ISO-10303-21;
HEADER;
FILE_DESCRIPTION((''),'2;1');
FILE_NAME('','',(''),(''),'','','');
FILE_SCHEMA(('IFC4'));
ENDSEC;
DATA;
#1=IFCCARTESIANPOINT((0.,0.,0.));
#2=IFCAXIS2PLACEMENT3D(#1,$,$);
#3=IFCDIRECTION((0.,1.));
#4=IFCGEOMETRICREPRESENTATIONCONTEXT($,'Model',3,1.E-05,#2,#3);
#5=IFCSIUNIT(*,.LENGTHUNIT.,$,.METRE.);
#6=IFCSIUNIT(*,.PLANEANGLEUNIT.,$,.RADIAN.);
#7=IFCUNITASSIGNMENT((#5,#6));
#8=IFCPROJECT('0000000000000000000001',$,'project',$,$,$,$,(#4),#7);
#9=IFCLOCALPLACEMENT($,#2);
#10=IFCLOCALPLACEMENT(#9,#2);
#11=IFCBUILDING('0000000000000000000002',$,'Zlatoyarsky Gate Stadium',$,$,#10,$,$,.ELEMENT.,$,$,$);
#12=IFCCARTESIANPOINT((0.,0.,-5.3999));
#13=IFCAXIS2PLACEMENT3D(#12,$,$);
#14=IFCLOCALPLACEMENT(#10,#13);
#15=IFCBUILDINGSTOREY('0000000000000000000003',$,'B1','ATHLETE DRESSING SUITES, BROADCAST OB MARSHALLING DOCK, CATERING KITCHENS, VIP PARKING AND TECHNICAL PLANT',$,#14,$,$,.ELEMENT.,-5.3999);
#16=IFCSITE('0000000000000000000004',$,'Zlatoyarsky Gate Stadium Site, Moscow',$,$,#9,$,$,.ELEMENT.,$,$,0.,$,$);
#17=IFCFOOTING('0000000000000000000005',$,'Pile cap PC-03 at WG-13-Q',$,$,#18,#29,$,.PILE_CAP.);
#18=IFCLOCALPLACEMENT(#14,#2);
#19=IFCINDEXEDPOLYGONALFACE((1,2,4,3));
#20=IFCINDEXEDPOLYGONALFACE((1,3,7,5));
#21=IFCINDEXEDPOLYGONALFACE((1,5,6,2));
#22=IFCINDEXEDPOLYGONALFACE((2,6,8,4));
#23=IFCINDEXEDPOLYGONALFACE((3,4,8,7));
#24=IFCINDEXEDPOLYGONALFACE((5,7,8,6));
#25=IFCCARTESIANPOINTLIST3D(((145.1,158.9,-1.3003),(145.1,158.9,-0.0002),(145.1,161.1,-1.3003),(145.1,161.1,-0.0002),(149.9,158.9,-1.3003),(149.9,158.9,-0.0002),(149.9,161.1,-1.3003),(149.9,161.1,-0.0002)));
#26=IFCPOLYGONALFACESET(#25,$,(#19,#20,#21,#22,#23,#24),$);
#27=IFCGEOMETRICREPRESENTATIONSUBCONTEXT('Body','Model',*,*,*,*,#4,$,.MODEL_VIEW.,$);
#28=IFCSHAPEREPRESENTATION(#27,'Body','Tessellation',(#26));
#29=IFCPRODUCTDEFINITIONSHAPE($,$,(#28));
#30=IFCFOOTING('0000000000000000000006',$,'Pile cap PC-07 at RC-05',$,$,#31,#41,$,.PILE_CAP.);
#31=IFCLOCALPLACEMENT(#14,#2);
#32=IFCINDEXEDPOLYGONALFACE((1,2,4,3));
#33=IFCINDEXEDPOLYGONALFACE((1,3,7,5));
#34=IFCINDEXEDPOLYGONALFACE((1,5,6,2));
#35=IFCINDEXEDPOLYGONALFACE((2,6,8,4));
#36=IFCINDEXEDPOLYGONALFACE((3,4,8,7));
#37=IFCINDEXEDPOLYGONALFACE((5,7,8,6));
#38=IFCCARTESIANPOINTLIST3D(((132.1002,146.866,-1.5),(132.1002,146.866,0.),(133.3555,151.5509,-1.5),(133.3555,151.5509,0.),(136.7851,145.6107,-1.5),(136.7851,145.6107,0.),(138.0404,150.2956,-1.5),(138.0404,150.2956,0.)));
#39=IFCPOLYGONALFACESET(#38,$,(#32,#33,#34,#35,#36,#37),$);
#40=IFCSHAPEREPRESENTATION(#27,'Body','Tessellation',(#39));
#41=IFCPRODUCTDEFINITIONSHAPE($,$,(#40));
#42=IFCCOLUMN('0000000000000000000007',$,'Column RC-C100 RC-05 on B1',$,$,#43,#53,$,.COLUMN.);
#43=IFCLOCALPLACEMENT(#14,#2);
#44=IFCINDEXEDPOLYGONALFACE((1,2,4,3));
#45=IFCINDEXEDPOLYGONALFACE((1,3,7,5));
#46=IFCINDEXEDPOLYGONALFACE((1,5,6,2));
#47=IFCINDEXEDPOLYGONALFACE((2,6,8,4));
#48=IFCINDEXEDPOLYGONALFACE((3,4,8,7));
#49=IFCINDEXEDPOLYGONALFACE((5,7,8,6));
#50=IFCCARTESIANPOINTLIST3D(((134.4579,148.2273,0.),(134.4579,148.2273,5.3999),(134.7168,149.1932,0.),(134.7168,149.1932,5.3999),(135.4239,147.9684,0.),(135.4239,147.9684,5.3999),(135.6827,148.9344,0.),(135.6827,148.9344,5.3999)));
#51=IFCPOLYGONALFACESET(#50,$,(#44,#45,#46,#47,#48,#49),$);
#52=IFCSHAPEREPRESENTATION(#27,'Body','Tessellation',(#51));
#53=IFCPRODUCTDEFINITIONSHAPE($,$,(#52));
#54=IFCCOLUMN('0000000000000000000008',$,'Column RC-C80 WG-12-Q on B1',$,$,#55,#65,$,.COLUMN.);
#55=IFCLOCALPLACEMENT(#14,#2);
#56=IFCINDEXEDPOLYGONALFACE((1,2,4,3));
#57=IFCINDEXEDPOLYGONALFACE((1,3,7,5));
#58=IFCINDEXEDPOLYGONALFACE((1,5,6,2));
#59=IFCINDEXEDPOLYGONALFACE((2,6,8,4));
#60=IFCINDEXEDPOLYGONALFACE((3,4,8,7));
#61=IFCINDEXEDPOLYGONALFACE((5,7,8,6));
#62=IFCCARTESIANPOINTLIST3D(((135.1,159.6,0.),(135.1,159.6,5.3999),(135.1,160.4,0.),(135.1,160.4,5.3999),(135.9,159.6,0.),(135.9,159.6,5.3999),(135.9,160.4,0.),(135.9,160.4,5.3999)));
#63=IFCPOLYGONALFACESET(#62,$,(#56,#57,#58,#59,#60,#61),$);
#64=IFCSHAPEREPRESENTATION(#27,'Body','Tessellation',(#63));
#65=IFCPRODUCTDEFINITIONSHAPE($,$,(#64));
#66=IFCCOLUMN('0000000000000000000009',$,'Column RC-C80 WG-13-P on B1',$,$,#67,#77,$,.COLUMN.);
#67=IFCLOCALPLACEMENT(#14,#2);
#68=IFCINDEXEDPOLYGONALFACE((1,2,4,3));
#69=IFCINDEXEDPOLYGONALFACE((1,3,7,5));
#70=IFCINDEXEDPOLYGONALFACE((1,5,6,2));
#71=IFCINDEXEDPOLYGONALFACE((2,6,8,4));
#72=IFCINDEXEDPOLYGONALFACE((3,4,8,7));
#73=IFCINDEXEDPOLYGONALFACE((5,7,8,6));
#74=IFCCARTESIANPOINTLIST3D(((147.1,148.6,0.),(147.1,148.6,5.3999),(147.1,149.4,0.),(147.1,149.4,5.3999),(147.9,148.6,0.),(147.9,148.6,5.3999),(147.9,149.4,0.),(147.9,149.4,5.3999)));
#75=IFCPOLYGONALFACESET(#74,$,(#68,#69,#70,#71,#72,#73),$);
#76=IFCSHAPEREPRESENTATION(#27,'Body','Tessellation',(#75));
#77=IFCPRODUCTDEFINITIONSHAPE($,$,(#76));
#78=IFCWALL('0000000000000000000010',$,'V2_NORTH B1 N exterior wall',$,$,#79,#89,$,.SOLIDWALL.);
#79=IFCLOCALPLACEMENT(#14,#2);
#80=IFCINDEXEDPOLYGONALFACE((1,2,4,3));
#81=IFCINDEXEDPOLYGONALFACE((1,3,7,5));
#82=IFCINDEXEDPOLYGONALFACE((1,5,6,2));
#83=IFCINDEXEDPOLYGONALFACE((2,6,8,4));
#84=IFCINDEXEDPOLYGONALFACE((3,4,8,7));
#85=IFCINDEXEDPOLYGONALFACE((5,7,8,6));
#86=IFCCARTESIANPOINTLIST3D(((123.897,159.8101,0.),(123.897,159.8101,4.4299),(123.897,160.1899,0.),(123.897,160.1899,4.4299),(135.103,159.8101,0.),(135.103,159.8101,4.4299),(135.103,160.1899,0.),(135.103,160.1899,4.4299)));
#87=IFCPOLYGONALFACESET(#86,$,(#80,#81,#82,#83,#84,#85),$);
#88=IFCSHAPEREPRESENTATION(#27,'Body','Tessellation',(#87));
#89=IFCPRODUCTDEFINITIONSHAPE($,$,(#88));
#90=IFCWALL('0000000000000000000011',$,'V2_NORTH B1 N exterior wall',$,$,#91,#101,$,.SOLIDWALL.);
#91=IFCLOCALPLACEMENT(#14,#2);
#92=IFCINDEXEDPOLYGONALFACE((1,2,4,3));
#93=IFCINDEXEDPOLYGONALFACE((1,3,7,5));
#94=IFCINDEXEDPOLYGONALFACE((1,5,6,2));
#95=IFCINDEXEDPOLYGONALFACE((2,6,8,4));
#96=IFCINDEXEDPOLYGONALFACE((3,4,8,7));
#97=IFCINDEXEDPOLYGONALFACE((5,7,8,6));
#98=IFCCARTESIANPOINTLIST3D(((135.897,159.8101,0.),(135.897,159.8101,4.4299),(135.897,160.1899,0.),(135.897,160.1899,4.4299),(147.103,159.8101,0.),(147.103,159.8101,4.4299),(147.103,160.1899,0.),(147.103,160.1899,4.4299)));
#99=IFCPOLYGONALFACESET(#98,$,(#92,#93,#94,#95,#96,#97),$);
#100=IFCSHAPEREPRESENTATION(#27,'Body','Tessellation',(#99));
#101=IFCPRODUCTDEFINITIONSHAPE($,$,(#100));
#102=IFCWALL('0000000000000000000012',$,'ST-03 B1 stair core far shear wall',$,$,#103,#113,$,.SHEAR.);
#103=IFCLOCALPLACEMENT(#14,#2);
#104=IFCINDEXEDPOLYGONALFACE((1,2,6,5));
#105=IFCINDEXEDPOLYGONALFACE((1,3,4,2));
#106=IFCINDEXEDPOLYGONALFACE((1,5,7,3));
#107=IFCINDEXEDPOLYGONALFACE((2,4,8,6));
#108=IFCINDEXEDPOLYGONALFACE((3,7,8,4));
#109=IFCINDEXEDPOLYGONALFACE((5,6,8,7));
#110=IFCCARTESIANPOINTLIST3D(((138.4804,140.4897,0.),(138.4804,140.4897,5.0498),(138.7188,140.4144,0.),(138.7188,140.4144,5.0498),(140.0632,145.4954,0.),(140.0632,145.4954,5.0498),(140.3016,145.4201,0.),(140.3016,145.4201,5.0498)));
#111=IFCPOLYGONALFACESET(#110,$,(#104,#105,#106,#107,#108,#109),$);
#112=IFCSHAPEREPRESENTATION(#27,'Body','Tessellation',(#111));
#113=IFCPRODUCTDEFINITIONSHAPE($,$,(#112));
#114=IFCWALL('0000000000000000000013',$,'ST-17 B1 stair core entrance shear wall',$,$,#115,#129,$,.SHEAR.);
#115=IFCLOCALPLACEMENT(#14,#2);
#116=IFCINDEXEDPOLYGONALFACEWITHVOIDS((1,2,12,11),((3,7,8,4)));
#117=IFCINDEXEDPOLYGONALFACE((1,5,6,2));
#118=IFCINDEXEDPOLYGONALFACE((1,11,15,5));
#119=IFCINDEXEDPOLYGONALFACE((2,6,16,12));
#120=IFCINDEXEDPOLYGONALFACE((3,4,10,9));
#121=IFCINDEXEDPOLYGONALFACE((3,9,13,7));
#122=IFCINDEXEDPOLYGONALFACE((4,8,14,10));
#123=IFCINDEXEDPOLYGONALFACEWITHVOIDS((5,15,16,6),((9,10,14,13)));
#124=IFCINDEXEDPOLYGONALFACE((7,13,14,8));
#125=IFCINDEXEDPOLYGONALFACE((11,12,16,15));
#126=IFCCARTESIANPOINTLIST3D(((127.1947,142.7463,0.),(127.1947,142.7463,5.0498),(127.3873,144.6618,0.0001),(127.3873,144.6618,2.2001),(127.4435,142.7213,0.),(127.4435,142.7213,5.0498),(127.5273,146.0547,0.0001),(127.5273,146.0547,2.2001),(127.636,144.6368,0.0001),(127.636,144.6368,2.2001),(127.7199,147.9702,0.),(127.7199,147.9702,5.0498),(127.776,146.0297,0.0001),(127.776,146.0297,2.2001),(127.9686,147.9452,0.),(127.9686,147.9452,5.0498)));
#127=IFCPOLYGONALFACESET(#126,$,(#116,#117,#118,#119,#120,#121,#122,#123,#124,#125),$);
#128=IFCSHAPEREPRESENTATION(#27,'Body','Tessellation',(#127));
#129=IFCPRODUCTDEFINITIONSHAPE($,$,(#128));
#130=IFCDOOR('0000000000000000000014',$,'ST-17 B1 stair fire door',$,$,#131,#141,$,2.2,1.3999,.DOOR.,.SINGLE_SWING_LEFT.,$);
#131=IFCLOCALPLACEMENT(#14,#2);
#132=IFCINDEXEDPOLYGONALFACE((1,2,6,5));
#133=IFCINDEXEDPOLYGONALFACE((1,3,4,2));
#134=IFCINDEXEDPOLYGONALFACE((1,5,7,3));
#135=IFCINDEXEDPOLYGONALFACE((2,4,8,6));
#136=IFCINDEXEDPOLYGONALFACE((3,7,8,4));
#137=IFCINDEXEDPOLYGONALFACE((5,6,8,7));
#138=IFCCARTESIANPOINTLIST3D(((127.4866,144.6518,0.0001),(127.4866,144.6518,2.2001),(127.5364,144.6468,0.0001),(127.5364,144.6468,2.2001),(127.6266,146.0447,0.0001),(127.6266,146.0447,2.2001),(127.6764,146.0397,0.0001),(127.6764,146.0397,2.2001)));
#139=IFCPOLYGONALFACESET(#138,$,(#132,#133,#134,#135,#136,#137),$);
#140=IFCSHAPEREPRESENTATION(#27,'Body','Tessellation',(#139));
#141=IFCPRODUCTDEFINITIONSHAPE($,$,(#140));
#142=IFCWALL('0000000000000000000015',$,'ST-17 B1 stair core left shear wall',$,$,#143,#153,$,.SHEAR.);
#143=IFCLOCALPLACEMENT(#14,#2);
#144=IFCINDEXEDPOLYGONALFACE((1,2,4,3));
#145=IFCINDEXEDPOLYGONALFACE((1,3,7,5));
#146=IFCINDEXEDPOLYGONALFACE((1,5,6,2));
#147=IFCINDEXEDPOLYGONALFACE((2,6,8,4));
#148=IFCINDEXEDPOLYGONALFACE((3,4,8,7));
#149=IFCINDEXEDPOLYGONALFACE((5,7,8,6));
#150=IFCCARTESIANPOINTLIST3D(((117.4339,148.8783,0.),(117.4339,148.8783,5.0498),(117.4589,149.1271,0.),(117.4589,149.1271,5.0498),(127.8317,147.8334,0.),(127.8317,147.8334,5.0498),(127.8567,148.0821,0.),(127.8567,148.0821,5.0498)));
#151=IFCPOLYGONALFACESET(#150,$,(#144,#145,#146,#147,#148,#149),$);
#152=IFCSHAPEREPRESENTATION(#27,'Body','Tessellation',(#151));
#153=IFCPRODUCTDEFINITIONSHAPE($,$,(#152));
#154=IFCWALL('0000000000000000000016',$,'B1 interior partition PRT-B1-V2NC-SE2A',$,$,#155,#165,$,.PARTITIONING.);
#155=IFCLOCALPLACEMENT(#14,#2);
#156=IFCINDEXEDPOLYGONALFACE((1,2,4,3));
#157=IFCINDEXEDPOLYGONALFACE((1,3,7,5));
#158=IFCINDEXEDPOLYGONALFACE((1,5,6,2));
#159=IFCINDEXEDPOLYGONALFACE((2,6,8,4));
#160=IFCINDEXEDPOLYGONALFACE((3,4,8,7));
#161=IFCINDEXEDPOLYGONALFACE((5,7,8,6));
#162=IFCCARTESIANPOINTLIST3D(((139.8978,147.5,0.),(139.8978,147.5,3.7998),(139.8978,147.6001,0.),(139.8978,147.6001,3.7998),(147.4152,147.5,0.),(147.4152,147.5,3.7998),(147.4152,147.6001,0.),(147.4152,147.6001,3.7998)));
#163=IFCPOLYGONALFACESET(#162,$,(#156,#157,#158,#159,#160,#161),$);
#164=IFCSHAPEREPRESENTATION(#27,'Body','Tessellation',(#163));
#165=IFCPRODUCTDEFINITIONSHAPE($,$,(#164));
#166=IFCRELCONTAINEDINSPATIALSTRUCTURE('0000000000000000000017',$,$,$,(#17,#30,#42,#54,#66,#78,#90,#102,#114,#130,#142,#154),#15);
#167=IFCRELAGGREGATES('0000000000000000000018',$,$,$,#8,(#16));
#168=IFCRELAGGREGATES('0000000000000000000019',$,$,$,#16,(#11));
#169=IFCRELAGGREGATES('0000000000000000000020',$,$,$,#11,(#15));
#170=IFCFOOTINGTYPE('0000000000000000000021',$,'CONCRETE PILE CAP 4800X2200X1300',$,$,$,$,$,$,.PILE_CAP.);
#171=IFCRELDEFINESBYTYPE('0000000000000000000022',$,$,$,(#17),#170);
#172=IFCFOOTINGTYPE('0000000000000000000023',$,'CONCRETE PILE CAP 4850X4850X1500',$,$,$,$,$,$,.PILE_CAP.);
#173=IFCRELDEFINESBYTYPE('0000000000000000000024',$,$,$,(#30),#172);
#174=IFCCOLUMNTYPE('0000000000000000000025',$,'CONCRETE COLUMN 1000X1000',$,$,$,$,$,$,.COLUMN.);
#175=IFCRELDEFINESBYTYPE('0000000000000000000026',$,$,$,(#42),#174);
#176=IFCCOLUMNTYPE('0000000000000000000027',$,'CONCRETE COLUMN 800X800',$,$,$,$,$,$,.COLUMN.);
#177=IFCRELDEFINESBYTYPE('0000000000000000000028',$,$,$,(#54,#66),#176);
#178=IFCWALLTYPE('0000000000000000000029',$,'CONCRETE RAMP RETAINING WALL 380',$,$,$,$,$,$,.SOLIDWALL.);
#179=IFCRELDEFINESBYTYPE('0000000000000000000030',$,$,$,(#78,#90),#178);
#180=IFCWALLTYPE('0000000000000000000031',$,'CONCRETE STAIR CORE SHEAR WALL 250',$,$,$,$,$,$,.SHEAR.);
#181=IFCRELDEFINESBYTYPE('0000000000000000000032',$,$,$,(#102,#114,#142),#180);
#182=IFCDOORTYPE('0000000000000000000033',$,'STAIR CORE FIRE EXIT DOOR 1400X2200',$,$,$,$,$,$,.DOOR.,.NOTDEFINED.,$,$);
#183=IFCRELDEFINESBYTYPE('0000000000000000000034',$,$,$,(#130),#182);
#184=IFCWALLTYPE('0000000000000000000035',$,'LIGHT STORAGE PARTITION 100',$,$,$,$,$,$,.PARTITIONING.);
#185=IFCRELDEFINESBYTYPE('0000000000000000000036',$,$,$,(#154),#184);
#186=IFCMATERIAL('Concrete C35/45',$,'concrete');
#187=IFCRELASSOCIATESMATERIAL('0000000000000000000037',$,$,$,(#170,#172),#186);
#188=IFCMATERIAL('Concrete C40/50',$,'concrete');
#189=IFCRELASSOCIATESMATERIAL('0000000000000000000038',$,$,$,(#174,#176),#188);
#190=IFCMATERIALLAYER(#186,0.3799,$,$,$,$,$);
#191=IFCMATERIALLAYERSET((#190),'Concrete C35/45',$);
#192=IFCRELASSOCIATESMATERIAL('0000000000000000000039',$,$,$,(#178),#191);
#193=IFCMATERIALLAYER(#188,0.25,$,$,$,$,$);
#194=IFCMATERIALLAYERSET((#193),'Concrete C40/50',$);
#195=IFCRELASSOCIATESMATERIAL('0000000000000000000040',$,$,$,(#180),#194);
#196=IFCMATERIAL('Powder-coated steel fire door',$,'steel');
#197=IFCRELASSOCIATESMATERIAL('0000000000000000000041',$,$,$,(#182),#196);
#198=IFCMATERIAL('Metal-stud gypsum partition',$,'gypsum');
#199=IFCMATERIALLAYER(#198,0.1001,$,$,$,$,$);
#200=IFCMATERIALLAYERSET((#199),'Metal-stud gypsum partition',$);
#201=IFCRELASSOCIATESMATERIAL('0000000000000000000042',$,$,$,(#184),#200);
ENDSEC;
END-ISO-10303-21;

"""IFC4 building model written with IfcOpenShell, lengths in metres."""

from ifc_helpers import new_model, si_unit, direction, frame, frame_2d, origin, origin_2d, place, context, subcontext, project, spatial, rectangle, extrude, material, layer, layer_set, material_profile, profile_set, type_object, element, fill, save


model = new_model("IFC4")

# Units and contexts
model_context = context("Model", 3, precision=1e-05, world=origin(), true_north=direction((0.0, 1.0)))
body_context = subcontext(model_context, "Body", "Model", "MODEL_VIEW")
ifc_project = project(units=[si_unit("LENGTHUNIT", "METRE"), si_unit("PLANEANGLEUNIT", "RADIAN")], contexts=[model_context])

# Site, building, storey
site_placement = place(None, origin())
site = spatial("IfcSite", under=ifc_project, at=site_placement, Name="Zlatoyarsky Gate Stadium Site, Moscow", CompositionType="ELEMENT", RefElevation=0.0)
building_placement = place(site_placement, origin())
building = spatial("IfcBuilding", under=site, at=building_placement, Name="Zlatoyarsky Gate Stadium", CompositionType="ELEMENT")
storey_placement = place(building_placement, frame((0.0, 0.0, -5.3999)))
storey = spatial("IfcBuildingStorey", under=building, at=storey_placement, Name="B1", Description="ATHLETE DRESSING SUITES, BROADCAST OB MARSHALLING DOCK, CATERING KITCHENS, VIP PARKING AND TECHNICAL PLANT", CompositionType="ELEMENT", Elevation=-5.3999)

# Shared definitions
ifc_material_1 = material(Name="Concrete C35/45", Category="concrete")

# Footings
footing_type_1 = type_object("IfcFootingType", Name="CONCRETE PILE CAP 4800X2200X1300", PredefinedType="PILE_CAP", material=ifc_material_1)
for number, where, z_axis, x_axis, name in (
    (1, (147.5, 160.0, -1.3003), (0.0, 0.0, 1.0), (1.0, 0.0, 0.0), "Pile cap PC-03 at WG-13-Q"),
):
    element("IfcFooting", number, at=place(storey_placement, frame(where, z_axis=z_axis, x_axis=x_axis)), inside=storey, type_object=footing_type_1, Name=name, PredefinedType="PILE_CAP", context=body_context, shape_type="SweptSolid", body=[
        extrude(rectangle(XDim=4.8, YDim=2.2, at=origin_2d()), origin(), (0.0, 0.0, 1.0), 1.3),
    ])
footing_type_2 = type_object("IfcFootingType", Name="CONCRETE PILE CAP 4850X4850X1500", PredefinedType="PILE_CAP", material=ifc_material_1)
footing_1_placement = place(storey_placement, frame((135.0703, 148.5808, -1.5), z_axis=(0.0, 0.0, 1.0), x_axis=(0.258819, 0.965926, 0.0)))
element("IfcFooting", 2, at=footing_1_placement, inside=storey, type_object=footing_type_2, Name="Pile cap PC-07 at RC-05", PredefinedType="PILE_CAP", context=body_context, shape_type="SweptSolid", body=[
    extrude(rectangle(XDim=4.8501, YDim=4.8501, at=origin_2d()), origin(), (0.0, 0.0, 1.0), 1.5),
])

# Columns
ifc_material_2 = material(Name="Concrete C40/50", Category="concrete")
ifc_material_profile_1 = material_profile(ifc_material_2, rectangle(XDim=1.0, YDim=1.0, at=origin_2d()), Name="RC COL 1000X1000")
ifc_profile_set_1 = profile_set([ifc_material_profile_1], Name="Concrete C40/50")
column_type_1 = type_object("IfcColumnType", Name="CONCRETE COLUMN 1000X1000", PredefinedType="COLUMN", material=ifc_profile_set_1)
column_placement = place(storey_placement, frame((135.0703, 148.5808, 0.0), z_axis=(0.0, 0.0, 1.0), x_axis=(0.258819, 0.965926, 0.0)))
element("IfcColumn", 3, at=column_placement, inside=storey, type_object=column_type_1, Name="Column RC-C100 RC-05 on B1", PredefinedType="COLUMN", context=body_context, shape_type="SweptSolid", body=[
    extrude(rectangle(XDim=1.0, YDim=1.0, at=origin_2d()), origin(), (0.0, 0.0, 1.0), 5.3999),
])
ifc_material_profile_2 = material_profile(ifc_material_2, rectangle(XDim=0.8, YDim=0.8, at=origin_2d()), Name="RC COL 800X800")
ifc_profile_set_2 = profile_set([ifc_material_profile_2], Name="Concrete C40/50")
column_type_2 = type_object("IfcColumnType", Name="CONCRETE COLUMN 800X800", PredefinedType="COLUMN", material=ifc_profile_set_2)
for number, where, z_axis, x_axis, name in (
    (4, (135.5, 160.0, 0.0), (0.0, 0.0, 1.0), (1.0, 0.0, 0.0), "Column RC-C80 WG-12-Q on B1"),
    (5, (147.5, 149.0, 0.0), (0.0, 0.0, 1.0), (1.0, 0.0, 0.0), "Column RC-C80 WG-13-P on B1"),
):
    element("IfcColumn", number, at=place(storey_placement, frame(where, z_axis=z_axis, x_axis=x_axis)), inside=storey, type_object=column_type_2, Name=name, PredefinedType="COLUMN", context=body_context, shape_type="SweptSolid", body=[
        extrude(rectangle(XDim=0.8, YDim=0.8, at=origin_2d()), origin(), (0.0, 0.0, 1.0), 5.3999),
    ])

# Walls
ifc_layer_1 = layer(ifc_material_1, 0.3799)
ifc_layer_set_1 = layer_set([ifc_layer_1], Name="Concrete C35/45")
wall_type_1 = type_object("IfcWallType", Name="CONCRETE RAMP RETAINING WALL 380", PredefinedType="SOLIDWALL", material=ifc_layer_set_1)
for number, where, z_axis, x_axis, name in (
    (6, (123.897, 160.0, 0.0), (0.0, 0.0, 1.0), (1.0, 0.0, 0.0), "V2_NORTH B1 N exterior wall"),
    (7, (135.897, 160.0, 0.0), (0.0, 0.0, 1.0), (1.0, 0.0, 0.0), "V2_NORTH B1 N exterior wall"),
):
    element("IfcWall", number, at=place(storey_placement, frame(where, z_axis=z_axis, x_axis=x_axis)), inside=storey, type_object=wall_type_1, Name=name, PredefinedType="SOLIDWALL", context=body_context, shape_type="SweptSolid", body=[
        extrude(rectangle(XDim=11.2061, YDim=0.3799, at=frame_2d((5.603, 0.0))), origin(), (0.0, 0.0, 1.0), 4.4299),
    ])
ifc_layer_2 = layer(ifc_material_2, 0.25)
ifc_layer_set_2 = layer_set([ifc_layer_2], Name="Concrete C40/50")
wall_type_2 = type_object("IfcWallType", Name="CONCRETE STAIR CORE SHEAR WALL 250", PredefinedType="SHEAR", material=ifc_layer_set_2)
wall_1_placement = place(storey_placement, frame((140.1824, 145.4578, 0.0), z_axis=(0.0, 0.0, 1.0), x_axis=(-0.301485, -0.953471, 0.0)))
element("IfcWall", 8, at=wall_1_placement, inside=storey, type_object=wall_type_2, Name="ST-03 B1 stair core far shear wall", PredefinedType="SHEAR", context=body_context, shape_type="SweptSolid", body=[
    extrude(rectangle(XDim=5.25, YDim=0.25, at=frame_2d((2.625, 0.0))), origin(), (0.0, 0.0, 1.0), 5.0498),
])

# Wall, opening, door
wall_2_placement = place(storey_placement, frame((127.3191, 142.7339, 0.0), z_axis=(0.0, 0.0, 1.0), x_axis=(0.100024, 0.994985, 0.0)))
wall_2 = element("IfcWall", 9, at=wall_2_placement, inside=storey, type_object=wall_type_2, Name="ST-17 B1 stair core entrance shear wall", PredefinedType="SHEAR", context=body_context, shape_type="SweptSolid", body=[
    extrude(rectangle(XDim=5.2502, YDim=0.25, at=frame_2d((2.625, 0.0))), origin(), (0.0, 0.0, 1.0), 5.0498),
])
opening_placement = place(wall_2_placement, frame((1.925, 0.0, 0.0)))
opening = element("IfcOpeningElement", 10, at=opening_placement, cuts=wall_2, PredefinedType="OPENING", context=body_context, shape_type="SweptSolid", body=[
    extrude(rectangle(XDim=1.3999, YDim=2.2, at=frame_2d((0.7, 1.1001))), frame((0.0, 0.135, 0.0), z_axis=(0.0, -1.0, 0.0), x_axis=(1.0, 0.0, 0.0)), (0.0, 0.0, 1.0), 0.27),
])
ifc_material_3 = material(Name="Powder-coated steel fire door", Category="steel")
door_type = type_object("IfcDoorType", Name="STAIR CORE FIRE EXIT DOOR 1400X2200", OperationType="NOTDEFINED", PredefinedType="DOOR", material=ifc_material_3)
door_placement = place(opening_placement, frame((1.3999, 0.0, 0.0), z_axis=(0.0, 0.0, 1.0), x_axis=(-1.0, 0.0, 0.0)))
door = element("IfcDoor", 11, at=door_placement, inside=storey, type_object=door_type, Name="ST-17 B1 stair fire door", OperationType="SINGLE_SWING_LEFT", OverallHeight=2.2, OverallWidth=1.3999, PredefinedType="DOOR", context=body_context, shape_type="SweptSolid", body=[
    extrude(rectangle(XDim=1.3999, YDim=2.2, at=frame_2d((0.7, 1.1001))), frame((0.0, 0.0249, 0.0), z_axis=(0.0, -1.0, 0.0), x_axis=(1.0, 0.0, 0.0)), (0.0, 0.0, 1.0), 0.05),
])
fill(opening, door)

# Walls
wall_3_placement = place(storey_placement, frame((127.8442, 147.9578, 0.0), z_axis=(0.0, 0.0, 1.0), x_axis=(-0.994988, 0.099992, 0.0)))
element("IfcWall", 12, at=wall_3_placement, inside=storey, type_object=wall_type_2, Name="ST-17 B1 stair core left shear wall", PredefinedType="SHEAR", context=body_context, shape_type="SweptSolid", body=[
    extrude(rectangle(XDim=10.4502, YDim=0.25, at=frame_2d((5.2251, 0.0))), origin(), (0.0, 0.0, 1.0), 5.0498),
])
ifc_material_4 = material(Name="Metal-stud gypsum partition", Category="gypsum")
ifc_layer_3 = layer(ifc_material_4, 0.1001)
ifc_layer_set_3 = layer_set([ifc_layer_3], Name="Metal-stud gypsum partition")
wall_type_3 = type_object("IfcWallType", Name="LIGHT STORAGE PARTITION 100", PredefinedType="PARTITIONING", material=ifc_layer_set_3)
wall_4_placement = place(storey_placement, frame((139.8977, 147.55, 0.0), z_axis=(0.0, 0.0, 1.0), x_axis=(1.0, 0.0, 0.0)))
element("IfcWall", 13, at=wall_4_placement, inside=storey, type_object=wall_type_3, Name="B1 interior partition PRT-B1-V2NC-SE2A", PredefinedType="PARTITIONING", context=body_context, shape_type="SweptSolid", body=[
    extrude(rectangle(XDim=7.5173, YDim=0.1001, at=frame_2d((3.7588, 0.0))), origin(), (0.0, 0.0, 1.0), 3.7998),
])

save(model, "model.ifc")
